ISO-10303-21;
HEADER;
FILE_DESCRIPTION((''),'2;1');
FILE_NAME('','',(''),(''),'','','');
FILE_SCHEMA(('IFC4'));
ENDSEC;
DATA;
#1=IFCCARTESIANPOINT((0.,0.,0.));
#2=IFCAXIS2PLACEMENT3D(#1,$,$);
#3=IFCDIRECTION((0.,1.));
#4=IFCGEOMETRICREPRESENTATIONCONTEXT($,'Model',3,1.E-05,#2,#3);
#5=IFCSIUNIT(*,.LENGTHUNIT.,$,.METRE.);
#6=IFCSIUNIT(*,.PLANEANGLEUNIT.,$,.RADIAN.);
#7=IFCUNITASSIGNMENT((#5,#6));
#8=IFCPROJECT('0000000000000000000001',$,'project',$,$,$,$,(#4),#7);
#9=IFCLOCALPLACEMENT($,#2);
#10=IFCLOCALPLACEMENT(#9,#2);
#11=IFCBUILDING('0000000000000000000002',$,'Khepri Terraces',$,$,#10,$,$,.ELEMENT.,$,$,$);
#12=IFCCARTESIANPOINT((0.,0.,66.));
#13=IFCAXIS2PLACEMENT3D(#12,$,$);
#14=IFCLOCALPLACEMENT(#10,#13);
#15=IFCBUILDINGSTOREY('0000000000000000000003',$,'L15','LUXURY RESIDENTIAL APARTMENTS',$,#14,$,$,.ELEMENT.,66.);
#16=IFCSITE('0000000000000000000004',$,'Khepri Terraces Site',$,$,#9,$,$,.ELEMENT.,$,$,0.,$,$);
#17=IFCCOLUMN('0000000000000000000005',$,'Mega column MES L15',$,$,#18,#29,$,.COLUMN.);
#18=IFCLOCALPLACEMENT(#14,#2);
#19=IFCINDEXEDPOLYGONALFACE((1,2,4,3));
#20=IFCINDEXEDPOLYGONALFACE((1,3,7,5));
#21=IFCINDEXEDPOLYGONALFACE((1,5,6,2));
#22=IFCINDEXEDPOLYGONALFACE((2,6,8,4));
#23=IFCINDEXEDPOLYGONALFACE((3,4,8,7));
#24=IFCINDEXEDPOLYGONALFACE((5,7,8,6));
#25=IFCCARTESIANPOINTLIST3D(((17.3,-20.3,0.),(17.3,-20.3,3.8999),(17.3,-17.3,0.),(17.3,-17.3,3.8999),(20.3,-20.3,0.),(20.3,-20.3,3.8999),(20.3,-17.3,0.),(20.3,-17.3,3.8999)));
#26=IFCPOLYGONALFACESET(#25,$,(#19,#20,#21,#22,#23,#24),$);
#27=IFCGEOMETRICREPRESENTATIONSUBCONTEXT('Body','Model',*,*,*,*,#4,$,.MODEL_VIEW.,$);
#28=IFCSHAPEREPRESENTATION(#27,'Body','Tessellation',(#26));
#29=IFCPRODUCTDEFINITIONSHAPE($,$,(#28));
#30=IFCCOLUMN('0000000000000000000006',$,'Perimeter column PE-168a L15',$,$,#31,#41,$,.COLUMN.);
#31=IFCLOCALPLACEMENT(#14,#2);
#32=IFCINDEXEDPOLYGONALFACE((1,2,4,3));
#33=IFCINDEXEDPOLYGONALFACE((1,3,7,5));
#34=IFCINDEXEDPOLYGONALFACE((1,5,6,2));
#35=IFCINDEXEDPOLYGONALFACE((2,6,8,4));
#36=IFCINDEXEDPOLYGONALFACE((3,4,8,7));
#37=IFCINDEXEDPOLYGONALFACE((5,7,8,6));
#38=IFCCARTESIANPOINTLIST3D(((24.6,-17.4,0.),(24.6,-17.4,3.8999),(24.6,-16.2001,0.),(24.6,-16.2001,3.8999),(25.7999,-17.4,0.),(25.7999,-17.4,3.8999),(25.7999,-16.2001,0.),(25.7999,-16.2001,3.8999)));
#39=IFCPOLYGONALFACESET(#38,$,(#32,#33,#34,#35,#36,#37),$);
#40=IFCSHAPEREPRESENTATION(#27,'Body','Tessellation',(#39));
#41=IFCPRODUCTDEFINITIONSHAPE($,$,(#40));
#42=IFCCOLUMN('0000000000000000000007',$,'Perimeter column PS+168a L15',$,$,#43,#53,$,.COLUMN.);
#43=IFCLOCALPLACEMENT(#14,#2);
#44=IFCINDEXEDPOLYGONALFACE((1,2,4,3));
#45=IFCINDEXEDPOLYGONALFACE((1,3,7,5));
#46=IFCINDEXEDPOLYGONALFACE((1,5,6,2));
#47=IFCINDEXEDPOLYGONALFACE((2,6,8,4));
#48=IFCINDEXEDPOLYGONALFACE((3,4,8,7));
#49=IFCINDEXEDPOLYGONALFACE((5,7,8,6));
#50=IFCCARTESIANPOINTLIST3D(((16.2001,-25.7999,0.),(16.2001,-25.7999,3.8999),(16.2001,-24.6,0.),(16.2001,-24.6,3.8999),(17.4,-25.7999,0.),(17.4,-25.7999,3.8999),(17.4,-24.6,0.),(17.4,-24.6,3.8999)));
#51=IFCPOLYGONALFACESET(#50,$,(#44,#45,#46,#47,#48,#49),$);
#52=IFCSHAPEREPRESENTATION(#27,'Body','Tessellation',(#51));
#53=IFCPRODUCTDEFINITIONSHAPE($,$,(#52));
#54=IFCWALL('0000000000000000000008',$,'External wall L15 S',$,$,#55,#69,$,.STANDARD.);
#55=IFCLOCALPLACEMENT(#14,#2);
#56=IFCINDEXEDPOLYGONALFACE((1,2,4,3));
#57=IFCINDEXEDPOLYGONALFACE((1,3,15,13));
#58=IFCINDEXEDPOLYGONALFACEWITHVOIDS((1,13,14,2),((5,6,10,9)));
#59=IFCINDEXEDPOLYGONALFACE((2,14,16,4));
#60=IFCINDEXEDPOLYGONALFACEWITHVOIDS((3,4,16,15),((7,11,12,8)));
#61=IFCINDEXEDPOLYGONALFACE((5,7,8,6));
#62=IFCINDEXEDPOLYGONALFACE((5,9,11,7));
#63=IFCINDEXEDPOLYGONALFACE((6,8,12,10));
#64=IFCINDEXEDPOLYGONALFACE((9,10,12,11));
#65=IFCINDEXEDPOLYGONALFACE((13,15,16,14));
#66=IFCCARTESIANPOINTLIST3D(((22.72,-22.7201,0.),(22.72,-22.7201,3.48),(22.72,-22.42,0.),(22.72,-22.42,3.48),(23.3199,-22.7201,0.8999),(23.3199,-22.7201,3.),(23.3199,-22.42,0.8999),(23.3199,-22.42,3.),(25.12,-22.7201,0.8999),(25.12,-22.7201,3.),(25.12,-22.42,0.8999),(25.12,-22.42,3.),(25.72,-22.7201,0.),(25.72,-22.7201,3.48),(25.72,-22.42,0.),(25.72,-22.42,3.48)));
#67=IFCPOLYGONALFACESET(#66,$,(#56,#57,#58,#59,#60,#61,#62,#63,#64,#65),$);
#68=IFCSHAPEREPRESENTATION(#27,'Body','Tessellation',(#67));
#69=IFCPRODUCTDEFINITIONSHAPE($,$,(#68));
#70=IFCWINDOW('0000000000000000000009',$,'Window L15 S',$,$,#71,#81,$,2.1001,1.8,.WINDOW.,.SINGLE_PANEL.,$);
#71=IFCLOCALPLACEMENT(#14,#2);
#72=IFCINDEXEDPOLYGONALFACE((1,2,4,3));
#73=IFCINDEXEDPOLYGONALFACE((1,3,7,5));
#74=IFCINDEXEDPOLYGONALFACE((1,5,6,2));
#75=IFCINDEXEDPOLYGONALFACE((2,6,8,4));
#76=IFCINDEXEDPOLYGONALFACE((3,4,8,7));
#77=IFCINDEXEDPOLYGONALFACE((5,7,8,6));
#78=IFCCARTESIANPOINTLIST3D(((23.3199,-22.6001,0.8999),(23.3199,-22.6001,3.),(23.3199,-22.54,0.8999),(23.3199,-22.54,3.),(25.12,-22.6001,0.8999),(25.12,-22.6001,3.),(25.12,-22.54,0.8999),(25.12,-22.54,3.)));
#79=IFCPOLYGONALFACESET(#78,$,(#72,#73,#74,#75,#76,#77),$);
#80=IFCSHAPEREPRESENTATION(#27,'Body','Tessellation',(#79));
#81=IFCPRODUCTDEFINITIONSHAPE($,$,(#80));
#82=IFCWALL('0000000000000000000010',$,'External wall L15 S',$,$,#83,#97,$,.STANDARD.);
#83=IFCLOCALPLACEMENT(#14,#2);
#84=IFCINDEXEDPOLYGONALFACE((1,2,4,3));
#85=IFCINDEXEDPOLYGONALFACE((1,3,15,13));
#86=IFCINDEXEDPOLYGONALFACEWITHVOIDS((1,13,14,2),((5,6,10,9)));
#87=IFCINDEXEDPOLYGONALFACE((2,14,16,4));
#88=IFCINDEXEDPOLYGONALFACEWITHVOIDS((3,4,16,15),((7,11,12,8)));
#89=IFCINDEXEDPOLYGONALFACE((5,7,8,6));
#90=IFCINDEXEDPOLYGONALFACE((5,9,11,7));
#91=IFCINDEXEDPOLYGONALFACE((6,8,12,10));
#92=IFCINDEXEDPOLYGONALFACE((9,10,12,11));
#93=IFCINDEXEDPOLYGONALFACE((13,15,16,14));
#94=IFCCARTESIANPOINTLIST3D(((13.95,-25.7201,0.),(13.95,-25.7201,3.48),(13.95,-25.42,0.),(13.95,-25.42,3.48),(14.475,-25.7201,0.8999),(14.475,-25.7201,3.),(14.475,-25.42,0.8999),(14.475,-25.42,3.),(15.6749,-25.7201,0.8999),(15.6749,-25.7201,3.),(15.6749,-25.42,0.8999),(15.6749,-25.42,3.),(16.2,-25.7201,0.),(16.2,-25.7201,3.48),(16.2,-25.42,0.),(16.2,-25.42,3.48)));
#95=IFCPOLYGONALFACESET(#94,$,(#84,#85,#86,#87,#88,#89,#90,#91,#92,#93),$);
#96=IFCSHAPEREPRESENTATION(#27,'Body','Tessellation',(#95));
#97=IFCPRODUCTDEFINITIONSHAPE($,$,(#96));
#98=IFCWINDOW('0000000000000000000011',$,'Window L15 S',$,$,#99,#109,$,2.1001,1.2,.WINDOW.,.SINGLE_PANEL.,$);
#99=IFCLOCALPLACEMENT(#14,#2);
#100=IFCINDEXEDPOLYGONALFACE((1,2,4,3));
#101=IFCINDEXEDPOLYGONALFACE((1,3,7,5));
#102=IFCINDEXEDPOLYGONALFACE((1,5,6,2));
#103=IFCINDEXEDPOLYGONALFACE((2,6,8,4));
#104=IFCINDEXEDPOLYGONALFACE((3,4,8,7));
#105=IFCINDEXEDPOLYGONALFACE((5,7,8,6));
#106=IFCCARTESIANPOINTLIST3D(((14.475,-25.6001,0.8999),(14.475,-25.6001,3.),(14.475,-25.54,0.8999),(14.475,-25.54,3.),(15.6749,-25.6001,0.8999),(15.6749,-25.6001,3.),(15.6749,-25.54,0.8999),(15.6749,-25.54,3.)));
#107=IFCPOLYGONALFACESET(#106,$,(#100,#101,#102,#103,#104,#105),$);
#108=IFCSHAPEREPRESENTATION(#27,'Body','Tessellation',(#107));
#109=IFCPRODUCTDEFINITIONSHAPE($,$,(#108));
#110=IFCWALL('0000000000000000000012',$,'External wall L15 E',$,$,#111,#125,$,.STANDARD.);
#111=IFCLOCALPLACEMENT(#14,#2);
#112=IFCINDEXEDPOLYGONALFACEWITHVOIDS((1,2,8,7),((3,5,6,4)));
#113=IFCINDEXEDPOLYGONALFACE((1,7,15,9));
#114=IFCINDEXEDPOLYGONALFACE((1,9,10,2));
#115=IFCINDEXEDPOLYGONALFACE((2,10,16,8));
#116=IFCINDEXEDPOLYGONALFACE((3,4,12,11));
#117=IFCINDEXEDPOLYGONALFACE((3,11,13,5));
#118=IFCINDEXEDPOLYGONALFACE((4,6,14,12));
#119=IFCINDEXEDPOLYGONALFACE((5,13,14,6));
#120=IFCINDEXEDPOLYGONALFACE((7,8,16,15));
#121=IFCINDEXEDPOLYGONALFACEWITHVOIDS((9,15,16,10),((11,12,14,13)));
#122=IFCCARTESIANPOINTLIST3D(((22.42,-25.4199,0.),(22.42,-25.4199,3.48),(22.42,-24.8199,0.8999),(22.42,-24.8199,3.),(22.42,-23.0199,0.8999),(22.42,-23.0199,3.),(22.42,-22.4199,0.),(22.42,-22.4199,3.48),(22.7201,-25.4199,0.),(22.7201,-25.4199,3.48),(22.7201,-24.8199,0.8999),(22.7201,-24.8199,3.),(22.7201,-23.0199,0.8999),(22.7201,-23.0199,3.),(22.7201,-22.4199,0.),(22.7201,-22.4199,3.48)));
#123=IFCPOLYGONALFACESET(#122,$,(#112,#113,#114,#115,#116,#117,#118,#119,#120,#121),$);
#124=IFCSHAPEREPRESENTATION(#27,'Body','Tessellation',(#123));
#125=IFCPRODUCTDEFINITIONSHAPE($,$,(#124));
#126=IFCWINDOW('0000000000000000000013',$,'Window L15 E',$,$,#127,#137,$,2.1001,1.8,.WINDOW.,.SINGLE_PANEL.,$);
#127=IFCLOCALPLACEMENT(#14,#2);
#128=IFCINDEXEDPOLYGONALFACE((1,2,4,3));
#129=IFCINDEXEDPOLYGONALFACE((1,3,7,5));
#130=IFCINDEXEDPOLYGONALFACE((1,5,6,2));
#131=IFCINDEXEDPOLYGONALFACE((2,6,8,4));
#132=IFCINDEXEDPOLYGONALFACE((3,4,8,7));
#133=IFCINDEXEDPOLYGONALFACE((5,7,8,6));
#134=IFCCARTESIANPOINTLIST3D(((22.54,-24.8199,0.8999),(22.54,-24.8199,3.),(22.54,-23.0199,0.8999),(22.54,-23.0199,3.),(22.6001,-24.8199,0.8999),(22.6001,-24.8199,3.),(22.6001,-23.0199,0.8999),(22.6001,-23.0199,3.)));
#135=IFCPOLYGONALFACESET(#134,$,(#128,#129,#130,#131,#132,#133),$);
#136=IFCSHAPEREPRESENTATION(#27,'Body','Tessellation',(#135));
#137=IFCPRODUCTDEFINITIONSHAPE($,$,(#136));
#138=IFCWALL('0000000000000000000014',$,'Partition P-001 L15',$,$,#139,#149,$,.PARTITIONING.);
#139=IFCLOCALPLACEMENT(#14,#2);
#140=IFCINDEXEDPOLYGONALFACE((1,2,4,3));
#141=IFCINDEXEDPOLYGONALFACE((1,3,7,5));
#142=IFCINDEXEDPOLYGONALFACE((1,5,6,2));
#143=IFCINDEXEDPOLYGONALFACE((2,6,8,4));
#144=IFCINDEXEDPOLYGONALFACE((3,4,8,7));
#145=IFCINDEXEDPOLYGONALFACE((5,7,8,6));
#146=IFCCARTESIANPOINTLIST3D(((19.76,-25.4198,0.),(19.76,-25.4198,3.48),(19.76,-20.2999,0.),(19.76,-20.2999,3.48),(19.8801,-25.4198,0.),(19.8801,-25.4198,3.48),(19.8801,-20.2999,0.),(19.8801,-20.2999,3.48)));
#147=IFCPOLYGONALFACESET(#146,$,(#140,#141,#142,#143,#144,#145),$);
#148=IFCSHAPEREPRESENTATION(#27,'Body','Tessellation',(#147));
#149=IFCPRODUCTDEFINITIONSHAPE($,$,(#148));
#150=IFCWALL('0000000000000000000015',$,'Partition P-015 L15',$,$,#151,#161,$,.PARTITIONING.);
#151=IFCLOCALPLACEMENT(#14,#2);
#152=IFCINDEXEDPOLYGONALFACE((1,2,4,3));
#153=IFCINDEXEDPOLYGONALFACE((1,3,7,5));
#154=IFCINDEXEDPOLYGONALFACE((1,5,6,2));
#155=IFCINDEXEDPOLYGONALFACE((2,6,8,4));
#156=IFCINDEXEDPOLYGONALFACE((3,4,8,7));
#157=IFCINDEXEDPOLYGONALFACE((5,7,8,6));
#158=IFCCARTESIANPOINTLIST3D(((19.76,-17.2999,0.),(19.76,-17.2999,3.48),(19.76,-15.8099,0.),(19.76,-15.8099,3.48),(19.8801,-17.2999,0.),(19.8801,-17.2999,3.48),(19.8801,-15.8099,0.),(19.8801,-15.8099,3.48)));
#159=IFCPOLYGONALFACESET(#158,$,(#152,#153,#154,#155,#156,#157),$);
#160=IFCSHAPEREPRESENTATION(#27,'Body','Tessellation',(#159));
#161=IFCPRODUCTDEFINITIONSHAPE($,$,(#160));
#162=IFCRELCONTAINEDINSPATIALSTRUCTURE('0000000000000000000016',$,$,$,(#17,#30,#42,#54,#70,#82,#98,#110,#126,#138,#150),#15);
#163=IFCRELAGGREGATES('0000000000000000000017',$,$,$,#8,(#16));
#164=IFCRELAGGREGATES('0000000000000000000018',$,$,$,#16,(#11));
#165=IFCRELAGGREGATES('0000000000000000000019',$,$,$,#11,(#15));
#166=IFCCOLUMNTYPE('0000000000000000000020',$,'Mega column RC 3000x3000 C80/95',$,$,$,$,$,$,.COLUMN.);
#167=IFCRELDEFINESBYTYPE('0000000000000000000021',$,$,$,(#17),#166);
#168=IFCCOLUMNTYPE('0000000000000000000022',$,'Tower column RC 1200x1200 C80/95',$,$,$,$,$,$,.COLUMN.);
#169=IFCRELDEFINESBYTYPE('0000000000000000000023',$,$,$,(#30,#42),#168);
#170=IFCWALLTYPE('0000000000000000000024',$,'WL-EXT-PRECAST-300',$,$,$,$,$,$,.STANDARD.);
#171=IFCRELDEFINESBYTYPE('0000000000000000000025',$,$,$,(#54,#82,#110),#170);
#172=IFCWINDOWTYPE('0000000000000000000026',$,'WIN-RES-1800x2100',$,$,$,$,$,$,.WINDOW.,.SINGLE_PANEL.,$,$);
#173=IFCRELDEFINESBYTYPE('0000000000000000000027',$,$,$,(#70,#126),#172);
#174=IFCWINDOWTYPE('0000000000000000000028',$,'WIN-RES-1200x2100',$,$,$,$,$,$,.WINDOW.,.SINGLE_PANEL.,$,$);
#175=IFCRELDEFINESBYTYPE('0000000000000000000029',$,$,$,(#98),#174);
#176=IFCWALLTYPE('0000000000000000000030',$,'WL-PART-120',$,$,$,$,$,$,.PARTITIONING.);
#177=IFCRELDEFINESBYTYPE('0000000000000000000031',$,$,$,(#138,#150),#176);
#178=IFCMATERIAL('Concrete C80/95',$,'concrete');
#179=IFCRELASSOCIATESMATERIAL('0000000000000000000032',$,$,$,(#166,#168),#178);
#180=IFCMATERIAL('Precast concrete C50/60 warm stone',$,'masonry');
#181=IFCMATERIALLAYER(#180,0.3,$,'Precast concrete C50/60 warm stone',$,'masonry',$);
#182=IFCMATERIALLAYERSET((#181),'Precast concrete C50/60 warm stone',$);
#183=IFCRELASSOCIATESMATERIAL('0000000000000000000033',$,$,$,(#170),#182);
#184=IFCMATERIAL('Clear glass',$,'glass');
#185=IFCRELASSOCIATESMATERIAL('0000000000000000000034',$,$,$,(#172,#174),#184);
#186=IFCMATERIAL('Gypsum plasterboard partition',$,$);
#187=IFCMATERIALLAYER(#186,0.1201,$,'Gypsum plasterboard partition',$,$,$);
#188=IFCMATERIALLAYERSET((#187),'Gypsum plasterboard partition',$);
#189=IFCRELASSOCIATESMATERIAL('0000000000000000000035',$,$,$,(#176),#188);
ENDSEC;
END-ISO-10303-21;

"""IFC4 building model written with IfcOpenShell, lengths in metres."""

from ifc_helpers import new_model, si_unit, direction, frame, frame_2d, origin, origin_2d, place, context, subcontext, project, spatial, rectangle, extrude, material, layer, layer_set, material_profile, profile_set, type_object, element, fill, save


model = new_model("IFC4")

# Units and contexts
model_context = context("Model", 3, precision=1e-05, world=origin(), true_north=direction((0.0, 1.0)))
body_context = subcontext(model_context, "Body", "Model", "MODEL_VIEW")
ifc_project = project(units=[si_unit("LENGTHUNIT", "METRE"), si_unit("PLANEANGLEUNIT", "RADIAN")], contexts=[model_context])

# Site, building, storey
site_placement = place(None, origin())
site = spatial("IfcSite", under=ifc_project, at=site_placement, Name="Khepri Terraces Site", CompositionType="ELEMENT", RefElevation=0.0)
building_placement = place(site_placement, origin())
building = spatial("IfcBuilding", under=site, at=building_placement, Name="Khepri Terraces", CompositionType="ELEMENT")
storey_placement = place(building_placement, frame((0.0, 0.0, 66.0)))
storey = spatial("IfcBuildingStorey", under=building, at=storey_placement, Name="L15", Description="LUXURY RESIDENTIAL APARTMENTS", CompositionType="ELEMENT", Elevation=66.0)

# Columns
ifc_material_1 = material(Name="Concrete C80/95", Category="concrete")
ifc_material_profile_1 = material_profile(ifc_material_1, rectangle(XDim=3.0, YDim=3.0, at=origin_2d()), Name="Concrete C80/95", Category="concrete")
ifc_profile_set_1 = profile_set([ifc_material_profile_1], Name="Concrete C80/95")
column_type_1 = type_object("IfcColumnType", Name="Mega column RC 3000x3000 C80/95", PredefinedType="COLUMN", material=ifc_profile_set_1)
column_placement = place(storey_placement, frame((18.8, -18.8, 0.0), z_axis=(0.0, 0.0, 1.0), x_axis=(1.0, 0.0, 0.0)))
element("IfcColumn", 1, at=column_placement, inside=storey, type_object=column_type_1, Name="Mega column MES L15", PredefinedType="COLUMN", context=body_context, shape_type="SweptSolid", body=[
    extrude(rectangle(XDim=3.0, YDim=3.0, at=origin_2d()), origin(), (0.0, 0.0, 1.0), 3.8999),
])
ifc_material_profile_2 = material_profile(ifc_material_1, rectangle(XDim=1.2, YDim=1.2, at=origin_2d()), Name="Concrete C80/95", Category="concrete")
ifc_profile_set_2 = profile_set([ifc_material_profile_2], Name="Concrete C80/95")
column_type_2 = type_object("IfcColumnType", Name="Tower column RC 1200x1200 C80/95", PredefinedType="COLUMN", material=ifc_profile_set_2)
for number, where, z_axis, x_axis, name in (
    (2, (25.2, -16.8, 0.0), (0.0, 0.0, 1.0), (1.0, 0.0, 0.0), "Perimeter column PE-168a L15"),
    (3, (16.8, -25.2, 0.0), (0.0, 0.0, 1.0), (1.0, 0.0, 0.0), "Perimeter column PS+168a L15"),
):
    element("IfcColumn", number, at=place(storey_placement, frame(where, z_axis=z_axis, x_axis=x_axis)), inside=storey, type_object=column_type_2, Name=name, PredefinedType="COLUMN", context=body_context, shape_type="SweptSolid", body=[
        extrude(rectangle(XDim=1.2, YDim=1.2, at=origin_2d()), origin(), (0.0, 0.0, 1.0), 3.8999),
    ])

# Wall, opening, window
ifc_material_2 = material(Name="Precast concrete C50/60 warm stone", Category="masonry")
ifc_layer_1 = layer(ifc_material_2, 0.3, Name="Precast concrete C50/60 warm stone", Category="masonry")
ifc_layer_set_1 = layer_set([ifc_layer_1], Name="Precast concrete C50/60 warm stone")
wall_type_1 = type_object("IfcWallType", Name="WL-EXT-PRECAST-300", PredefinedType="STANDARD", material=ifc_layer_set_1)
wall_1_placement = place(storey_placement, frame((22.72, -22.5701, 0.0), z_axis=(0.0, 0.0, 1.0), x_axis=(1.0, 0.0, 0.0)))
wall_1 = element("IfcWall", 4, at=wall_1_placement, inside=storey, type_object=wall_type_1, Name="External wall L15 S", PredefinedType="STANDARD", context=body_context, shape_type="SweptSolid", body=[
    extrude(rectangle(XDim=3.0, YDim=0.3, at=frame_2d((1.5, 0.0))), origin(), (0.0, 0.0, 1.0), 3.48),
])
opening_1_placement = place(wall_1_placement, frame((0.6001, 0.0, 0.8999)))
opening_1 = element("IfcOpeningElement", 5, at=opening_1_placement, cuts=wall_1, PredefinedType="OPENING", context=body_context, shape_type="SweptSolid", body=[
    extrude(rectangle(XDim=1.8, YDim=2.1001, at=frame_2d((0.8999, 1.05))), frame((0.0, 0.1602, 0.0), z_axis=(0.0, -1.0, 0.0), x_axis=(1.0, 0.0, 0.0)), (0.0, 0.0, 1.0), 0.3201),
])
ifc_material_3 = material(Name="Clear glass", Category="glass")
window_type_1 = type_object("IfcWindowType", Name="WIN-RES-1800x2100", PartitioningType="SINGLE_PANEL", PredefinedType="WINDOW", material=ifc_material_3)
window_1_placement = place(opening_1_placement, origin())
window_1 = element("IfcWindow", 6, at=window_1_placement, inside=storey, type_object=window_type_1, Name="Window L15 S", OverallHeight=2.1001, OverallWidth=1.8, PartitioningType="SINGLE_PANEL", PredefinedType="WINDOW", context=body_context, shape_type="SweptSolid", body=[
    extrude(rectangle(XDim=1.8, YDim=2.1001, at=frame_2d((0.8999, 1.05))), frame((0.0, 0.03, 0.0), z_axis=(0.0, -1.0, 0.0), x_axis=(1.0, 0.0, 0.0)), (0.0, 0.0, 1.0), 0.0601),
])
fill(opening_1, window_1)

# Wall, opening, window
wall_2_placement = place(storey_placement, frame((13.95, -25.5701, 0.0), z_axis=(0.0, 0.0, 1.0), x_axis=(1.0, 0.0, 0.0)))
wall_2 = element("IfcWall", 7, at=wall_2_placement, inside=storey, type_object=wall_type_1, Name="External wall L15 S", PredefinedType="STANDARD", context=body_context, shape_type="SweptSolid", body=[
    extrude(rectangle(XDim=2.25, YDim=0.3, at=frame_2d((1.125, 0.0))), origin(), (0.0, 0.0, 1.0), 3.48),
])
opening_2_placement = place(wall_2_placement, frame((0.5249, 0.0, 0.8999)))
opening_2 = element("IfcOpeningElement", 8, at=opening_2_placement, cuts=wall_2, PredefinedType="OPENING", context=body_context, shape_type="SweptSolid", body=[
    extrude(rectangle(XDim=1.2, YDim=2.1001, at=frame_2d((0.6001, 1.05))), frame((0.0, 0.1602, 0.0), z_axis=(0.0, -1.0, 0.0), x_axis=(1.0, 0.0, 0.0)), (0.0, 0.0, 1.0), 0.3201),
])
window_type_2 = type_object("IfcWindowType", Name="WIN-RES-1200x2100", PartitioningType="SINGLE_PANEL", PredefinedType="WINDOW", material=ifc_material_3)
window_2_placement = place(opening_2_placement, origin())
window_2 = element("IfcWindow", 9, at=window_2_placement, inside=storey, type_object=window_type_2, Name="Window L15 S", OverallHeight=2.1001, OverallWidth=1.2, PartitioningType="SINGLE_PANEL", PredefinedType="WINDOW", context=body_context, shape_type="SweptSolid", body=[
    extrude(rectangle(XDim=1.2, YDim=2.1001, at=frame_2d((0.6001, 1.05))), frame((0.0, 0.03, 0.0), z_axis=(0.0, -1.0, 0.0), x_axis=(1.0, 0.0, 0.0)), (0.0, 0.0, 1.0), 0.0601),
])
fill(opening_2, window_2)

# Wall, opening, window
wall_3_placement = place(storey_placement, frame((22.5701, -25.4199, 0.0), z_axis=(0.0, 0.0, 1.0), x_axis=(0.0, 1.0, 0.0)))
wall_3 = element("IfcWall", 10, at=wall_3_placement, inside=storey, type_object=wall_type_1, Name="External wall L15 E", PredefinedType="STANDARD", context=body_context, shape_type="SweptSolid", body=[
    extrude(rectangle(XDim=3.0, YDim=0.3, at=frame_2d((1.5, 0.0))), origin(), (0.0, 0.0, 1.0), 3.48),
])
opening_3_placement = place(wall_3_placement, frame((0.6001, 0.0, 0.8999)))
opening_3 = element("IfcOpeningElement", 11, at=opening_3_placement, cuts=wall_3, PredefinedType="OPENING", context=body_context, shape_type="SweptSolid", body=[
    extrude(rectangle(XDim=1.8, YDim=2.1001, at=frame_2d((0.8999, 1.05))), frame((0.0, 0.1602, 0.0), z_axis=(0.0, -1.0, 0.0), x_axis=(1.0, 0.0, 0.0)), (0.0, 0.0, 1.0), 0.3201),
])
window_3_placement = place(opening_3_placement, origin())
window_3 = element("IfcWindow", 12, at=window_3_placement, inside=storey, type_object=window_type_1, Name="Window L15 E", OverallHeight=2.1001, OverallWidth=1.8, PartitioningType="SINGLE_PANEL", PredefinedType="WINDOW", context=body_context, shape_type="SweptSolid", body=[
    extrude(rectangle(XDim=1.8, YDim=2.1001, at=frame_2d((0.8999, 1.05))), frame((0.0, 0.03, 0.0), z_axis=(0.0, -1.0, 0.0), x_axis=(1.0, 0.0, 0.0)), (0.0, 0.0, 1.0), 0.0601),
])
fill(opening_3, window_3)

# Walls
ifc_material_4 = material(Name="Gypsum plasterboard partition")
ifc_layer_2 = layer(ifc_material_4, 0.1201, Name="Gypsum plasterboard partition")
ifc_layer_set_2 = layer_set([ifc_layer_2], Name="Gypsum plasterboard partition")
wall_type_2 = type_object("IfcWallType", Name="WL-PART-120", PredefinedType="PARTITIONING", material=ifc_layer_set_2)
wall_4_placement = place(storey_placement, frame((19.8201, -25.4199, 0.0), z_axis=(0.0, 0.0, 1.0), x_axis=(0.0, 1.0, 0.0)))
element("IfcWall", 13, at=wall_4_placement, inside=storey, type_object=wall_type_2, Name="Partition P-001 L15", PredefinedType="PARTITIONING", context=body_context, shape_type="SweptSolid", body=[
    extrude(rectangle(XDim=5.1199, YDim=0.1201, at=frame_2d((2.5601, 0.0))), origin(), (0.0, 0.0, 1.0), 3.48),
])
wall_5_placement = place(storey_placement, frame((19.8201, -17.3, 0.0), z_axis=(0.0, 0.0, 1.0), x_axis=(0.0, 1.0, 0.0)))
element("IfcWall", 14, at=wall_5_placement, inside=storey, type_object=wall_type_2, Name="Partition P-015 L15", PredefinedType="PARTITIONING", context=body_context, shape_type="SweptSolid", body=[
    extrude(rectangle(XDim=1.49, YDim=0.1201, at=frame_2d((0.7451, 0.0))), origin(), (0.0, 0.0, 1.0), 3.48),
])

save(model, "model.ifc")
